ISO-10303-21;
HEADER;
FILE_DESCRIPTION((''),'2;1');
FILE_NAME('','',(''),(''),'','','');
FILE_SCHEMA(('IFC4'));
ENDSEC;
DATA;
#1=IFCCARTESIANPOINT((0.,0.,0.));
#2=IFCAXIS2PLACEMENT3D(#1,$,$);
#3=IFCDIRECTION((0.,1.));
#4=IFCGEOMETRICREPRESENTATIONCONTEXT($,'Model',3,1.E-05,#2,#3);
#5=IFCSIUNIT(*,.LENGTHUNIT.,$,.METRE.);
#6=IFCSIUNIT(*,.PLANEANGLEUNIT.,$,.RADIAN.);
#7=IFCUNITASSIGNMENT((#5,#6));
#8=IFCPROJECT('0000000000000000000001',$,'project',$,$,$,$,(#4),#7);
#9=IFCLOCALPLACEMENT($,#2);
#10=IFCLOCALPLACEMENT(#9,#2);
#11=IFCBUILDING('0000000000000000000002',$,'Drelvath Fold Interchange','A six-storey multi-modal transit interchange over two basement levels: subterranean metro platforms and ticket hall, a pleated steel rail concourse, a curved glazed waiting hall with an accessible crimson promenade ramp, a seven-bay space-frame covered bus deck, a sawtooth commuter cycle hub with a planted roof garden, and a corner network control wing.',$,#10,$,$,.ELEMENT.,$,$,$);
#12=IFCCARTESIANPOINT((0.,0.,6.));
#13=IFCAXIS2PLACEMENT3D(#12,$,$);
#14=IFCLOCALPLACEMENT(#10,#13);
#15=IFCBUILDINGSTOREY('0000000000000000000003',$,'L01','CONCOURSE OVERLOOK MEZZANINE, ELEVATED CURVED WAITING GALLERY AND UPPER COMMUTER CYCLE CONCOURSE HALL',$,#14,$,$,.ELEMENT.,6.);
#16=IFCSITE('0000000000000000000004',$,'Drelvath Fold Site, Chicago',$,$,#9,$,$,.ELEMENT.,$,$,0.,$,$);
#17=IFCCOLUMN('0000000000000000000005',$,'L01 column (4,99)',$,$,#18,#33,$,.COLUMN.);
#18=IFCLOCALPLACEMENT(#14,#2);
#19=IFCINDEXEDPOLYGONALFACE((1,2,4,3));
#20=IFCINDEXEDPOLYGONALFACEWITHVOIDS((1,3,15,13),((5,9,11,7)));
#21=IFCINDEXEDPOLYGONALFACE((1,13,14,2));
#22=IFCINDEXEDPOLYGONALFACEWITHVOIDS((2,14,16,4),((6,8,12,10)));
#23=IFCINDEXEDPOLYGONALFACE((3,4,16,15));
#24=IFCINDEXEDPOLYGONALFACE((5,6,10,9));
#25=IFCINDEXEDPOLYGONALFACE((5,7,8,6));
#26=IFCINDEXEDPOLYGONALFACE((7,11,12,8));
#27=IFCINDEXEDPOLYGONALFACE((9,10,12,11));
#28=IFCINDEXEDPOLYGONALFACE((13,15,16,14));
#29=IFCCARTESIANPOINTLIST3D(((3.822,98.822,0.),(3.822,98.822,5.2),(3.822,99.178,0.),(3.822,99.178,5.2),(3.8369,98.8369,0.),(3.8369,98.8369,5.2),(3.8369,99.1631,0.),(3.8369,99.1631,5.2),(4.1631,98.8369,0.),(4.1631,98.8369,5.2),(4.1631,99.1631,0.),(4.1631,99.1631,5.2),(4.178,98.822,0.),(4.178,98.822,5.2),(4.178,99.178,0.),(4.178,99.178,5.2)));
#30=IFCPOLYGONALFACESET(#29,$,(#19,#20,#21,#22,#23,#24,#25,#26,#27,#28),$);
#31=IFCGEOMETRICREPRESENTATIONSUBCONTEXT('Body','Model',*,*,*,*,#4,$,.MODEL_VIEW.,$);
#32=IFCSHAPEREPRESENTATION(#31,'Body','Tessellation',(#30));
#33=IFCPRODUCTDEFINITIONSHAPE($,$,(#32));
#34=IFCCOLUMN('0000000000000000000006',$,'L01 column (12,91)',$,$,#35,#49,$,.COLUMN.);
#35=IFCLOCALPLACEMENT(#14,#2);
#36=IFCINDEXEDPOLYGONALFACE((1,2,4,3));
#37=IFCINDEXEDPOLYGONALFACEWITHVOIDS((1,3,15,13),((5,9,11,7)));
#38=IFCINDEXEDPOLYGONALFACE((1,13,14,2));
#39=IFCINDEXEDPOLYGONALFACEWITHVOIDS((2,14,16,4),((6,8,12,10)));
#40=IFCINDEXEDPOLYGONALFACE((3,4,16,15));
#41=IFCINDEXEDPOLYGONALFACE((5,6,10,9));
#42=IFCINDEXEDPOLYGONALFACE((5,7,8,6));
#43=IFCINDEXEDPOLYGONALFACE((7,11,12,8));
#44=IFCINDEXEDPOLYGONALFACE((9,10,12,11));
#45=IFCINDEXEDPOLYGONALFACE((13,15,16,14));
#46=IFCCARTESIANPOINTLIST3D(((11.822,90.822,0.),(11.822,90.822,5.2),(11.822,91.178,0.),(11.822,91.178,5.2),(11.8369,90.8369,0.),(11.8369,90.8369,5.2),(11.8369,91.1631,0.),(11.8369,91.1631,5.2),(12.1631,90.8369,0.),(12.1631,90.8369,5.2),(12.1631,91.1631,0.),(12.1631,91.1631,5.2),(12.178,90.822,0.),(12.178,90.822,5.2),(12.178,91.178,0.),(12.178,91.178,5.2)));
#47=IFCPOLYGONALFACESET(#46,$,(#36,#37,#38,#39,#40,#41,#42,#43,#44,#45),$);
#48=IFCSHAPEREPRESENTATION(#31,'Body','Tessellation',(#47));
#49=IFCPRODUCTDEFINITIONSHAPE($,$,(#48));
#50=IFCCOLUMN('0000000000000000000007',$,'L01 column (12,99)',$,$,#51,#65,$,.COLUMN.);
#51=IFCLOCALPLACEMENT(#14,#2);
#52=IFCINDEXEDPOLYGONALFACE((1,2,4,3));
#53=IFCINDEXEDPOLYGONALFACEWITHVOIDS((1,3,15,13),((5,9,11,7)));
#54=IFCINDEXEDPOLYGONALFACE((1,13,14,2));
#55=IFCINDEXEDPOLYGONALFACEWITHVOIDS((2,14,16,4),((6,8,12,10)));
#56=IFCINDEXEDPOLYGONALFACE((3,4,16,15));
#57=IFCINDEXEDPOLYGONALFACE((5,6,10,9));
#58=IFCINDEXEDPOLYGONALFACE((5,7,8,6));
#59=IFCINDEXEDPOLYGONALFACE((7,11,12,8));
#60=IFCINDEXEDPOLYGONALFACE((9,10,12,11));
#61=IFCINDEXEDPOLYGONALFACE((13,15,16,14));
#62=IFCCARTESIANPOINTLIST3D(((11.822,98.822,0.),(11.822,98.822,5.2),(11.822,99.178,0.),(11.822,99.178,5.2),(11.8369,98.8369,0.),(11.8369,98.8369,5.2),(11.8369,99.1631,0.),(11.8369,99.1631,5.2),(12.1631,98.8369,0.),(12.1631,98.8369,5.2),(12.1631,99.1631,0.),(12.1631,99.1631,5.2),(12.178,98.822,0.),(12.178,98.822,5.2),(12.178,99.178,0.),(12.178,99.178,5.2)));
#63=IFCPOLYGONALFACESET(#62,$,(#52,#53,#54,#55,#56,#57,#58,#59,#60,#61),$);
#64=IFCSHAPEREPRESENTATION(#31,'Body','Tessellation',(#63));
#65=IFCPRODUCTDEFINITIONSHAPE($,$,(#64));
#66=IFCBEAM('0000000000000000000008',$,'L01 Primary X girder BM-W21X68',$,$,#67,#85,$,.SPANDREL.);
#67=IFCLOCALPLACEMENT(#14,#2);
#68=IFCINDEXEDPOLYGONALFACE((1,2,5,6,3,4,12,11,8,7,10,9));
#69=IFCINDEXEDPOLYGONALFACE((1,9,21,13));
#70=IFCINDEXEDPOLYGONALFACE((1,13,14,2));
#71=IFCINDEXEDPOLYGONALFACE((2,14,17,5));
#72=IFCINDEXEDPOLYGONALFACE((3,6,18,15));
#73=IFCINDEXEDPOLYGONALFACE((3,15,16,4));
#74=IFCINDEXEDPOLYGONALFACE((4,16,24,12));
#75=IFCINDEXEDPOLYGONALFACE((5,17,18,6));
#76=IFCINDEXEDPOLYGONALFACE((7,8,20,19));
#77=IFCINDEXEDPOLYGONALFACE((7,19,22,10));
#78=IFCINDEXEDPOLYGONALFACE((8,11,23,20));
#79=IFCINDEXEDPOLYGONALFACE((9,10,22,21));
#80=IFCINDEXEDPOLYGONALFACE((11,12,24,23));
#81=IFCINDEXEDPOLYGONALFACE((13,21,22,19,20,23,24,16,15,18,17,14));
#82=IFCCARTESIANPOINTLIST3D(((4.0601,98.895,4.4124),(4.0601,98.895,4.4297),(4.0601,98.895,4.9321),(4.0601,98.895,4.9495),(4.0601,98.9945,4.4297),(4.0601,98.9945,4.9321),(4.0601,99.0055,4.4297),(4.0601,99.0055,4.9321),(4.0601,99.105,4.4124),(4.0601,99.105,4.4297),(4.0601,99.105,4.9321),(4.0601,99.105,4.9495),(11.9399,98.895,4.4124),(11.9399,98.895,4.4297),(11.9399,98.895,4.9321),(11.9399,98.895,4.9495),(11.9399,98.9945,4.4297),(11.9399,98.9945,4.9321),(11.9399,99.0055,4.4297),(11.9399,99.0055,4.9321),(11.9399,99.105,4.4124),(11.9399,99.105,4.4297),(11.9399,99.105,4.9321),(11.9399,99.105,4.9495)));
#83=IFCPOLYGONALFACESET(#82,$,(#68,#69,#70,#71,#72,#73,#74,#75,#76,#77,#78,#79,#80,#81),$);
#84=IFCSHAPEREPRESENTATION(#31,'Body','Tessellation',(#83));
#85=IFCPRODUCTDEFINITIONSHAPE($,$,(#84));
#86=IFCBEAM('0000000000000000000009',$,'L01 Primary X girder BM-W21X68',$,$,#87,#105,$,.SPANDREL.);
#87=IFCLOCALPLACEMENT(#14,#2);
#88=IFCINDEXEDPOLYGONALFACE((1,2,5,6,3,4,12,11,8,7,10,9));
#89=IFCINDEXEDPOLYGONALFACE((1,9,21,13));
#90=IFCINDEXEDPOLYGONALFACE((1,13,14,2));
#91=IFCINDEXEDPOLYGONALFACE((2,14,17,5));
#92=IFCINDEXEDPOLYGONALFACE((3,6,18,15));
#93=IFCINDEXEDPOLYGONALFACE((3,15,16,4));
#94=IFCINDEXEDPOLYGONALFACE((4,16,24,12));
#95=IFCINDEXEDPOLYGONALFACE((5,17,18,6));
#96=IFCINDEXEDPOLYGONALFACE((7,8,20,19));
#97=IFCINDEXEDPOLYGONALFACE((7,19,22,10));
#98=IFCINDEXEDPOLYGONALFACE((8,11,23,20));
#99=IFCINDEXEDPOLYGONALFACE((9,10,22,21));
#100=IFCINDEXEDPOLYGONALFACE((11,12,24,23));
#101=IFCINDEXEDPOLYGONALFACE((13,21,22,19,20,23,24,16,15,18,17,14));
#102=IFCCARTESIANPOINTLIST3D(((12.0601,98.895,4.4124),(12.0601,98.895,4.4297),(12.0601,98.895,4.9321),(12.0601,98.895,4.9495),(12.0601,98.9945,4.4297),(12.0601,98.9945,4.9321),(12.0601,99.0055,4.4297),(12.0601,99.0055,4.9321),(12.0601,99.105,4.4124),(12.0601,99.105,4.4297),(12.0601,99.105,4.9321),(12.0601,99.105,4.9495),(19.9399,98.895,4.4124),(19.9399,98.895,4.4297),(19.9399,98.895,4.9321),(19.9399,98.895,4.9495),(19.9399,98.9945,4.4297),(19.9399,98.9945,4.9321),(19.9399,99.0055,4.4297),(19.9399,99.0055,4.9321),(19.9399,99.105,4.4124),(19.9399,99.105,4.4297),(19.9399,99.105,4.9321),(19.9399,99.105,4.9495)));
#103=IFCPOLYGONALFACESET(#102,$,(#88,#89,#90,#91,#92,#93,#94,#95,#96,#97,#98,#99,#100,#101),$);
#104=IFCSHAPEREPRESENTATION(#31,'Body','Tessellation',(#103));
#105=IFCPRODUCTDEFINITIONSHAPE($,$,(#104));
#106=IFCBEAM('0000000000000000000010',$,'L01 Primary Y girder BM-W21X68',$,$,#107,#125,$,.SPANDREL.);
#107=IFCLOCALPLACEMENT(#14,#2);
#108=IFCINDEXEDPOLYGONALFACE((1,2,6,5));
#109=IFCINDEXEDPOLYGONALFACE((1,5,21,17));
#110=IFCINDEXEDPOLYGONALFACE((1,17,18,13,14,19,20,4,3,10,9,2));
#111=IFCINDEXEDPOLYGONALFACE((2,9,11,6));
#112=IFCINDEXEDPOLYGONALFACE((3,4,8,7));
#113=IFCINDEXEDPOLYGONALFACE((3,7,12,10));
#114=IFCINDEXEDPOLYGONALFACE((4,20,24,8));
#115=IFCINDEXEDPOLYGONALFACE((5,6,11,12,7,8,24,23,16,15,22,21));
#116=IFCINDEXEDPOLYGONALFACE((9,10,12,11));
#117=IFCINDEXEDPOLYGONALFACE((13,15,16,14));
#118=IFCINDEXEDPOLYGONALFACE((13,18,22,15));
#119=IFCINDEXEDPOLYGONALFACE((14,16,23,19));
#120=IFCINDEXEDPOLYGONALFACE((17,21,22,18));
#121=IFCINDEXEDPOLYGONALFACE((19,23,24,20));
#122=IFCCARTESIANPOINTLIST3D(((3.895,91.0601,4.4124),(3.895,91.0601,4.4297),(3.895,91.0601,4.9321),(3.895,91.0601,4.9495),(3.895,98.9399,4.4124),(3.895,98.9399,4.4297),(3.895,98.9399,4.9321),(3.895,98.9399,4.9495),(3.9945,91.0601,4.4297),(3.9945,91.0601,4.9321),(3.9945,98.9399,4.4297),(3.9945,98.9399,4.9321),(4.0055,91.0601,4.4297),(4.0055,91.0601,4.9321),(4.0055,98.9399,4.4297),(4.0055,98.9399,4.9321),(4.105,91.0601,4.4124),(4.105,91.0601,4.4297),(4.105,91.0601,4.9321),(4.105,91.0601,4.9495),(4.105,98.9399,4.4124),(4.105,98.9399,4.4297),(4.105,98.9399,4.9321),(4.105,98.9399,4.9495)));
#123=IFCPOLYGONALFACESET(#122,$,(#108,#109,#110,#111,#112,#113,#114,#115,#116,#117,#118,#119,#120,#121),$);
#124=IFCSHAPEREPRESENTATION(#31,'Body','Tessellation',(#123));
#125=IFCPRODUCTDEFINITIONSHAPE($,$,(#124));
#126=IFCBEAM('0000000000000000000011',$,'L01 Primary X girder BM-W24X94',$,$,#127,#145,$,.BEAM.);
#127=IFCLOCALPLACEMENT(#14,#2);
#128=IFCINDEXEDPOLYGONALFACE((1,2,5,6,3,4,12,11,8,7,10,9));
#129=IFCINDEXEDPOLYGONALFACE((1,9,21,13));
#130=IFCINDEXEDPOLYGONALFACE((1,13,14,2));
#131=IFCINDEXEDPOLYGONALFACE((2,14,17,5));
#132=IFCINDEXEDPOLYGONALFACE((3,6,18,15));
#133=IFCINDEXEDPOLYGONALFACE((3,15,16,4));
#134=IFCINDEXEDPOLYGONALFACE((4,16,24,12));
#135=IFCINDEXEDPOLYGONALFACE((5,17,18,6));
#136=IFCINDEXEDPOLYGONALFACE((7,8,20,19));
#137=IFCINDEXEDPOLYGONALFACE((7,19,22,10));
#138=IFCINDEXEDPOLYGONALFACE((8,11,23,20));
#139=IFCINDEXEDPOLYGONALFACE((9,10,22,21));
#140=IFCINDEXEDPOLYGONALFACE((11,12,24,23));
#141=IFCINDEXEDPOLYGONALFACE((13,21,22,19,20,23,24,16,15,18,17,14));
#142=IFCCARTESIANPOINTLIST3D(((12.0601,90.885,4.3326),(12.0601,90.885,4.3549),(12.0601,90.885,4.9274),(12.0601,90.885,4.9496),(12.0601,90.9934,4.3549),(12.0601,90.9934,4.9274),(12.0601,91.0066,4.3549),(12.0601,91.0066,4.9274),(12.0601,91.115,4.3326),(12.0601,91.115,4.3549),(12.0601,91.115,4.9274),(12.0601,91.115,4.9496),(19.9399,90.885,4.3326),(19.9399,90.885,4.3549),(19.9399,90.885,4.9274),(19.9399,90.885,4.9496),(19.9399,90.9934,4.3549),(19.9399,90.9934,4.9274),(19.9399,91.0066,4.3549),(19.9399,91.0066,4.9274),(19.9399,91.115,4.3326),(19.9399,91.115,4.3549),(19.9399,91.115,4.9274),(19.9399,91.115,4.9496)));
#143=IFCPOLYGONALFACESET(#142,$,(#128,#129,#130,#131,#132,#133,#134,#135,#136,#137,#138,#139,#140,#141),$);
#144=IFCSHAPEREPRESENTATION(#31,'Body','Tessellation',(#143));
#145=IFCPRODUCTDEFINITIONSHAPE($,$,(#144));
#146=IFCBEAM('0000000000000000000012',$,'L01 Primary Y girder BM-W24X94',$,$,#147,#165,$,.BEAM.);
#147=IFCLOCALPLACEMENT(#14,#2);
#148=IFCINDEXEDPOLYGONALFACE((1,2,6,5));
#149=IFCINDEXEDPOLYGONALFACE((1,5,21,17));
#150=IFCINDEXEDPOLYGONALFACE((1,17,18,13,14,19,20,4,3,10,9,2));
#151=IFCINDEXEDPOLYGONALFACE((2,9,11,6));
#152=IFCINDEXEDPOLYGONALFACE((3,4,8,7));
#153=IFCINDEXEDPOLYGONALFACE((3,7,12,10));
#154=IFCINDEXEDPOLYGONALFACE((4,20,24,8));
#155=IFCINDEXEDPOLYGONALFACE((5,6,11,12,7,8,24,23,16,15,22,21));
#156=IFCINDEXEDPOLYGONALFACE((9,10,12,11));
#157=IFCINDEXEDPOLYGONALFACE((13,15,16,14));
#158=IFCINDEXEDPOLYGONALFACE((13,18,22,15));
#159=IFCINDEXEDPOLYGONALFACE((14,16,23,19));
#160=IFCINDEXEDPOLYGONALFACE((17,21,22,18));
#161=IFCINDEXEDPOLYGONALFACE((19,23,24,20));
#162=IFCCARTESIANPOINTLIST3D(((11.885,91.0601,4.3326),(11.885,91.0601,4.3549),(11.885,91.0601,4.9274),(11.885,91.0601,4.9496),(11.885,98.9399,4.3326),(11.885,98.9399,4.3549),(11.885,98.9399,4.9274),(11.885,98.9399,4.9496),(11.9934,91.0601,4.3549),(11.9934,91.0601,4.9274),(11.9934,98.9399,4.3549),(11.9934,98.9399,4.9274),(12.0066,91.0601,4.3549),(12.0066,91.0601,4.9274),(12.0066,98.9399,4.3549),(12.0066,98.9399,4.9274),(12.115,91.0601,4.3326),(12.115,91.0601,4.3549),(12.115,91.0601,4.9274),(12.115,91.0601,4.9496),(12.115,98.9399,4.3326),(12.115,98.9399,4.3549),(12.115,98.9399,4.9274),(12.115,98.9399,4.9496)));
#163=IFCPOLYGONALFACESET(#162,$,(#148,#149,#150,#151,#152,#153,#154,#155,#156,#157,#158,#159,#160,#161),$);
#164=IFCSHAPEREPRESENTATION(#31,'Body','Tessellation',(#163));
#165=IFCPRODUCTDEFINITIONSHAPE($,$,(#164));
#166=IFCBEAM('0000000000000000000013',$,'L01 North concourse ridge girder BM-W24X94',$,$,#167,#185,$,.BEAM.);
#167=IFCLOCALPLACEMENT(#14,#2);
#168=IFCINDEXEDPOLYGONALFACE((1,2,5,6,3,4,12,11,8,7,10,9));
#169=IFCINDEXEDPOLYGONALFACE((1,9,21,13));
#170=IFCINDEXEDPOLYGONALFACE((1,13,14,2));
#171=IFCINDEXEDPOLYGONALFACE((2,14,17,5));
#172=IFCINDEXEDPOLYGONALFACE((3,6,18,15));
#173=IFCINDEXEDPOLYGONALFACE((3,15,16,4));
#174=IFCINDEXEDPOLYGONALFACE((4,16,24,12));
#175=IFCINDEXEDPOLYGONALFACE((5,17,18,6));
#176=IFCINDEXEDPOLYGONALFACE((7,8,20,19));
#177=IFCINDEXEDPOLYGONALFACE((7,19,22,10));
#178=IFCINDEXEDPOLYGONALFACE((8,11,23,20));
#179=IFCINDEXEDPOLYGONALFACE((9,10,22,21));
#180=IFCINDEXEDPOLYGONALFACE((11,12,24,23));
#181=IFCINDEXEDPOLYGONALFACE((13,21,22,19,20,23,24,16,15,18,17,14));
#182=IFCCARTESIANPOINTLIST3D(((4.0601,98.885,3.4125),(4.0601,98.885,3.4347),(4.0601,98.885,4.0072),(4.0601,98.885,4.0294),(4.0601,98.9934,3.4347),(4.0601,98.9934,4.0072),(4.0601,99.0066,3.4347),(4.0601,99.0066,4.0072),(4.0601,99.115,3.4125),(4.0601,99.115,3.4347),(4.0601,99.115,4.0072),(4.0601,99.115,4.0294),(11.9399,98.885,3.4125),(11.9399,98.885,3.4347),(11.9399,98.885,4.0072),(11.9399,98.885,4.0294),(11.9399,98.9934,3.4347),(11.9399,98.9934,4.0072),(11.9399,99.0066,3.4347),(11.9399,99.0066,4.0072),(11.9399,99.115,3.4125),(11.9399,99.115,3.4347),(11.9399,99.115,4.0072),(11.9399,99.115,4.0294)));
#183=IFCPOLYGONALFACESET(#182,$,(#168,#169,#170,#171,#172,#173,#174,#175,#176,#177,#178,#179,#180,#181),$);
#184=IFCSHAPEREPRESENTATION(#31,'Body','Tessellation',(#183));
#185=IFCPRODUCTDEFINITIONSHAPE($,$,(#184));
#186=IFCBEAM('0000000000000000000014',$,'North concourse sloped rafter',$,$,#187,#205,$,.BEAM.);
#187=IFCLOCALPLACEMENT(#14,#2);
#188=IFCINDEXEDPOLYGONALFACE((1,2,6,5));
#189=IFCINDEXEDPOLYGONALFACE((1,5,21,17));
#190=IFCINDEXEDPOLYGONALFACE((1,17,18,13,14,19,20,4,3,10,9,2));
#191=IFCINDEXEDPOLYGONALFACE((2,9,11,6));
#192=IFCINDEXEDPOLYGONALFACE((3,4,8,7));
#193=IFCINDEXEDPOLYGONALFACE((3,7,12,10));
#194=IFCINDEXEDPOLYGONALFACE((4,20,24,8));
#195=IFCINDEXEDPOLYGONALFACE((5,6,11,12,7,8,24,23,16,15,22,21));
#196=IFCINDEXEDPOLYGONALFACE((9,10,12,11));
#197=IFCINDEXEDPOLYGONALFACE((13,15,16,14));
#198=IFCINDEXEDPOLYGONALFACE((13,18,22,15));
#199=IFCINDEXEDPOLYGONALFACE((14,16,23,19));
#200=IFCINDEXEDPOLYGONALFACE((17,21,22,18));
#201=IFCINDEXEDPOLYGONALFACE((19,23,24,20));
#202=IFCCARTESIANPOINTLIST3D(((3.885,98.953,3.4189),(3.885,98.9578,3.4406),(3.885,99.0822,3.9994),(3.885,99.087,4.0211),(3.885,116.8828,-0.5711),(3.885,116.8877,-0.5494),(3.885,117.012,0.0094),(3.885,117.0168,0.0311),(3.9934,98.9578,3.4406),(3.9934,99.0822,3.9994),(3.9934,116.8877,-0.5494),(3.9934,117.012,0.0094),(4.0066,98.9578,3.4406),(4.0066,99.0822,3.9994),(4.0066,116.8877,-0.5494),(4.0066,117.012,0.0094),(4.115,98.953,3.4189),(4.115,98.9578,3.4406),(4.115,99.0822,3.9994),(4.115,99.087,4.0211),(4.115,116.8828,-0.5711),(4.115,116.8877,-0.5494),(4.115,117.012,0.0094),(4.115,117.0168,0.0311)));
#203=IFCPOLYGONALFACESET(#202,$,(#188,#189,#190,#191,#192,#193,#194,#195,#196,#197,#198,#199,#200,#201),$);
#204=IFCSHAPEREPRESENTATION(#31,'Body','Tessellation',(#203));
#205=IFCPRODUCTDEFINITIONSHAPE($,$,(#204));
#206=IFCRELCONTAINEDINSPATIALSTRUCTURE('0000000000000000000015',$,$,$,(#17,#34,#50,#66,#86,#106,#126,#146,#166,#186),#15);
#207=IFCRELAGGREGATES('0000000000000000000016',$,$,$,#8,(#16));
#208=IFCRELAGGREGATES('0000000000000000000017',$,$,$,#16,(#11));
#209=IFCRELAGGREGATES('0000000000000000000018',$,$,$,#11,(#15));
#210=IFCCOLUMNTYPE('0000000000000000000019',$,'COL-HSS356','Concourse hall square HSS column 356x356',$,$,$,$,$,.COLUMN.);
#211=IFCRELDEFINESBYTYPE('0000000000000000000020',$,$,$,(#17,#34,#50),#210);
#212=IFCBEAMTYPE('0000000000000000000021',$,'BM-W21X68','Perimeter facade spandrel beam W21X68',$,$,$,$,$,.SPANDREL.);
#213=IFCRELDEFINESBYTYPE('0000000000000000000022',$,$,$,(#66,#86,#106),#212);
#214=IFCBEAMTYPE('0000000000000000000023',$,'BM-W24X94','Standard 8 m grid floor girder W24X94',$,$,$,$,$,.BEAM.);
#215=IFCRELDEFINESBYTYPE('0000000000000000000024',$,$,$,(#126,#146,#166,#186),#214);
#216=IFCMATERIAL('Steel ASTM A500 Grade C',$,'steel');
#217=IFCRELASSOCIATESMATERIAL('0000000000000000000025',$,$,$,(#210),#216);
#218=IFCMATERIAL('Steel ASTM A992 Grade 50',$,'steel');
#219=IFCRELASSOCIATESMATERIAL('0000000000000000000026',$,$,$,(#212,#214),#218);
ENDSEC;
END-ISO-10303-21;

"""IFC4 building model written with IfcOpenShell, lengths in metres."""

from ifc_helpers import new_model, si_unit, direction, frame, origin, origin_2d, place, context, subcontext, project, spatial, hollow_rectangle, i_section, extrude, material, material_profile, profile_set, type_object, element, save


model = new_model("IFC4")

# Units and contexts
model_context = context("Model", 3, precision=1e-05, world=origin(), true_north=direction((0.0, 1.0)))
body_context = subcontext(model_context, "Body", "Model", "MODEL_VIEW")
ifc_project = project(units=[si_unit("LENGTHUNIT", "METRE"), si_unit("PLANEANGLEUNIT", "RADIAN")], contexts=[model_context])

# Site, building, storey
site_placement = place(None, origin())
site = spatial("IfcSite", under=ifc_project, at=site_placement, Name="Drelvath Fold Site, Chicago", CompositionType="ELEMENT", RefElevation=0.0)
building_placement = place(site_placement, origin())
building = spatial("IfcBuilding", under=site, at=building_placement, Name="Drelvath Fold Interchange", Description="A six-storey multi-modal transit interchange over two basement levels: subterranean metro platforms and ticket hall, a pleated steel rail concourse, a curved glazed waiting hall with an accessible crimson promenade ramp, a seven-bay space-frame covered bus deck, a sawtooth commuter cycle hub with a planted roof garden, and a corner network control wing.", CompositionType="ELEMENT")
storey_placement = place(building_placement, frame((0.0, 0.0, 6.0)))
storey = spatial("IfcBuildingStorey", under=building, at=storey_placement, Name="L01", Description="CONCOURSE OVERLOOK MEZZANINE, ELEVATED CURVED WAITING GALLERY AND UPPER COMMUTER CYCLE CONCOURSE HALL", CompositionType="ELEMENT", Elevation=6.0)

# Columns
ifc_material_1 = material(Name="Steel ASTM A500 Grade C", Category="steel")
ifc_material_profile_1 = material_profile(ifc_material_1, hollow_rectangle(XDim=0.356, YDim=0.356, WallThickness=0.0149, at=origin_2d()), Name="HSS14X14X5/8")
ifc_profile_set_1 = profile_set([ifc_material_profile_1], Name="Steel ASTM A500 Grade C")
column_type = type_object("IfcColumnType", Name="COL-HSS356", Description="Concourse hall square HSS column 356x356", PredefinedType="COLUMN", material=ifc_profile_set_1)
for number, where, z_axis, x_axis, name in (
    (1, (4.0, 99.0, 0.0), (0.0, 0.0, 1.0), (1.0, 0.0, 0.0), "L01 column (4,99)"),
    (2, (12.0, 91.0, 0.0), (0.0, 0.0, 1.0), (1.0, 0.0, 0.0), "L01 column (12,91)"),
    (3, (12.0, 99.0, 0.0), (0.0, 0.0, 1.0), (1.0, 0.0, 0.0), "L01 column (12,99)"),
):
    element("IfcColumn", number, at=place(storey_placement, frame(where, z_axis=z_axis, x_axis=x_axis)), inside=storey, type_object=column_type, Name=name, PredefinedType="COLUMN", context=body_context, shape_type="SweptSolid", body=[
        extrude(hollow_rectangle(XDim=0.356, YDim=0.356, WallThickness=0.0149, at=origin_2d()), origin(), (0.0, 0.0, 1.0), 5.2),
    ])

# Beams
ifc_material_2 = material(Name="Steel ASTM A992 Grade 50", Category="steel")
ifc_material_profile_2 = material_profile(ifc_material_2, i_section(OverallWidth=0.21, OverallDepth=0.5371, WebThickness=0.011, FlangeThickness=0.0173, at=origin_2d()), Name="W21X68")
ifc_profile_set_2 = profile_set([ifc_material_profile_2], Name="Steel ASTM A992 Grade 50")
beam_type_1 = type_object("IfcBeamType", Name="BM-W21X68", Description="Perimeter facade spandrel beam W21X68", PredefinedType="SPANDREL", material=ifc_profile_set_2)
for number, where, z_axis, x_axis, name in (
    (4, (4.0601, 99.0, 4.6809), (1.0, 0.0, 0.0), (0.0, 1.0, 0.0), "L01 Primary X girder BM-W21X68"),
    (5, (12.0601, 99.0, 4.6809), (1.0, 0.0, 0.0), (0.0, 1.0, 0.0), "L01 Primary X girder BM-W21X68"),
    (6, (4.0, 91.0601, 4.6809), (0.0, 1.0, 0.0), (-1.0, 0.0, 0.0), "L01 Primary Y girder BM-W21X68"),
):
    element("IfcBeam", number, at=place(storey_placement, frame(where, z_axis=z_axis, x_axis=x_axis)), inside=storey, type_object=beam_type_1, Name=name, PredefinedType="SPANDREL", context=body_context, shape_type="SweptSolid", body=[
        extrude(i_section(OverallWidth=0.21, OverallDepth=0.5371, WebThickness=0.011, FlangeThickness=0.0173, at=origin_2d()), origin(), (0.0, 0.0, 1.0), 7.8799),
    ])
ifc_material_profile_3 = material_profile(ifc_material_2, i_section(OverallWidth=0.23, OverallDepth=0.6169, WebThickness=0.0132, FlangeThickness=0.0222, at=origin_2d()), Name="W24X94")
ifc_profile_set_3 = profile_set([ifc_material_profile_3], Name="Steel ASTM A992 Grade 50")
beam_type_2 = type_object("IfcBeamType", Name="BM-W24X94", Description="Standard 8 m grid floor girder W24X94", PredefinedType="BEAM", material=ifc_profile_set_3)
for number, where, z_axis, x_axis, name in (
    (7, (12.0601, 91.0, 4.6411), (1.0, 0.0, 0.0), (0.0, 1.0, 0.0), "L01 Primary X girder BM-W24X94"),
    (8, (12.0, 91.0601, 4.6411), (0.0, 1.0, 0.0), (-1.0, 0.0, 0.0), "L01 Primary Y girder BM-W24X94"),
    (9, (4.0601, 99.0, 3.7209), (1.0, 0.0, 0.0), (0.0, 1.0, 0.0), "L01 North concourse ridge girder BM-W24X94"),
):
    element("IfcBeam", number, at=place(storey_placement, frame(where, z_axis=z_axis, x_axis=x_axis)), inside=storey, type_object=beam_type_2, Name=name, PredefinedType="BEAM", context=body_context, shape_type="SweptSolid", body=[
        extrude(i_section(OverallWidth=0.23, OverallDepth=0.6169, WebThickness=0.0132, FlangeThickness=0.0222, at=origin_2d()), origin(), (0.0, 0.0, 1.0), 7.8799),
    ])
for number, where, z_axis, x_axis, name in (
    (10, (4.0, 99.02, 3.72), (0.0, 0.976123, -0.217219), (-1.0, 0.0, 0.0), "North concourse sloped rafter"),
):
    element("IfcBeam", number, at=place(storey_placement, frame(where, z_axis=z_axis, x_axis=x_axis)), inside=storey, type_object=beam_type_2, Name=name, PredefinedType="BEAM", context=body_context, shape_type="SweptSolid", body=[
        extrude(i_section(OverallWidth=0.23, OverallDepth=0.6169, WebThickness=0.0132, FlangeThickness=0.0222, at=origin_2d()), origin(), (0.0, 0.0, 1.0), 18.3684),
    ])

save(model, "model.ifc")
